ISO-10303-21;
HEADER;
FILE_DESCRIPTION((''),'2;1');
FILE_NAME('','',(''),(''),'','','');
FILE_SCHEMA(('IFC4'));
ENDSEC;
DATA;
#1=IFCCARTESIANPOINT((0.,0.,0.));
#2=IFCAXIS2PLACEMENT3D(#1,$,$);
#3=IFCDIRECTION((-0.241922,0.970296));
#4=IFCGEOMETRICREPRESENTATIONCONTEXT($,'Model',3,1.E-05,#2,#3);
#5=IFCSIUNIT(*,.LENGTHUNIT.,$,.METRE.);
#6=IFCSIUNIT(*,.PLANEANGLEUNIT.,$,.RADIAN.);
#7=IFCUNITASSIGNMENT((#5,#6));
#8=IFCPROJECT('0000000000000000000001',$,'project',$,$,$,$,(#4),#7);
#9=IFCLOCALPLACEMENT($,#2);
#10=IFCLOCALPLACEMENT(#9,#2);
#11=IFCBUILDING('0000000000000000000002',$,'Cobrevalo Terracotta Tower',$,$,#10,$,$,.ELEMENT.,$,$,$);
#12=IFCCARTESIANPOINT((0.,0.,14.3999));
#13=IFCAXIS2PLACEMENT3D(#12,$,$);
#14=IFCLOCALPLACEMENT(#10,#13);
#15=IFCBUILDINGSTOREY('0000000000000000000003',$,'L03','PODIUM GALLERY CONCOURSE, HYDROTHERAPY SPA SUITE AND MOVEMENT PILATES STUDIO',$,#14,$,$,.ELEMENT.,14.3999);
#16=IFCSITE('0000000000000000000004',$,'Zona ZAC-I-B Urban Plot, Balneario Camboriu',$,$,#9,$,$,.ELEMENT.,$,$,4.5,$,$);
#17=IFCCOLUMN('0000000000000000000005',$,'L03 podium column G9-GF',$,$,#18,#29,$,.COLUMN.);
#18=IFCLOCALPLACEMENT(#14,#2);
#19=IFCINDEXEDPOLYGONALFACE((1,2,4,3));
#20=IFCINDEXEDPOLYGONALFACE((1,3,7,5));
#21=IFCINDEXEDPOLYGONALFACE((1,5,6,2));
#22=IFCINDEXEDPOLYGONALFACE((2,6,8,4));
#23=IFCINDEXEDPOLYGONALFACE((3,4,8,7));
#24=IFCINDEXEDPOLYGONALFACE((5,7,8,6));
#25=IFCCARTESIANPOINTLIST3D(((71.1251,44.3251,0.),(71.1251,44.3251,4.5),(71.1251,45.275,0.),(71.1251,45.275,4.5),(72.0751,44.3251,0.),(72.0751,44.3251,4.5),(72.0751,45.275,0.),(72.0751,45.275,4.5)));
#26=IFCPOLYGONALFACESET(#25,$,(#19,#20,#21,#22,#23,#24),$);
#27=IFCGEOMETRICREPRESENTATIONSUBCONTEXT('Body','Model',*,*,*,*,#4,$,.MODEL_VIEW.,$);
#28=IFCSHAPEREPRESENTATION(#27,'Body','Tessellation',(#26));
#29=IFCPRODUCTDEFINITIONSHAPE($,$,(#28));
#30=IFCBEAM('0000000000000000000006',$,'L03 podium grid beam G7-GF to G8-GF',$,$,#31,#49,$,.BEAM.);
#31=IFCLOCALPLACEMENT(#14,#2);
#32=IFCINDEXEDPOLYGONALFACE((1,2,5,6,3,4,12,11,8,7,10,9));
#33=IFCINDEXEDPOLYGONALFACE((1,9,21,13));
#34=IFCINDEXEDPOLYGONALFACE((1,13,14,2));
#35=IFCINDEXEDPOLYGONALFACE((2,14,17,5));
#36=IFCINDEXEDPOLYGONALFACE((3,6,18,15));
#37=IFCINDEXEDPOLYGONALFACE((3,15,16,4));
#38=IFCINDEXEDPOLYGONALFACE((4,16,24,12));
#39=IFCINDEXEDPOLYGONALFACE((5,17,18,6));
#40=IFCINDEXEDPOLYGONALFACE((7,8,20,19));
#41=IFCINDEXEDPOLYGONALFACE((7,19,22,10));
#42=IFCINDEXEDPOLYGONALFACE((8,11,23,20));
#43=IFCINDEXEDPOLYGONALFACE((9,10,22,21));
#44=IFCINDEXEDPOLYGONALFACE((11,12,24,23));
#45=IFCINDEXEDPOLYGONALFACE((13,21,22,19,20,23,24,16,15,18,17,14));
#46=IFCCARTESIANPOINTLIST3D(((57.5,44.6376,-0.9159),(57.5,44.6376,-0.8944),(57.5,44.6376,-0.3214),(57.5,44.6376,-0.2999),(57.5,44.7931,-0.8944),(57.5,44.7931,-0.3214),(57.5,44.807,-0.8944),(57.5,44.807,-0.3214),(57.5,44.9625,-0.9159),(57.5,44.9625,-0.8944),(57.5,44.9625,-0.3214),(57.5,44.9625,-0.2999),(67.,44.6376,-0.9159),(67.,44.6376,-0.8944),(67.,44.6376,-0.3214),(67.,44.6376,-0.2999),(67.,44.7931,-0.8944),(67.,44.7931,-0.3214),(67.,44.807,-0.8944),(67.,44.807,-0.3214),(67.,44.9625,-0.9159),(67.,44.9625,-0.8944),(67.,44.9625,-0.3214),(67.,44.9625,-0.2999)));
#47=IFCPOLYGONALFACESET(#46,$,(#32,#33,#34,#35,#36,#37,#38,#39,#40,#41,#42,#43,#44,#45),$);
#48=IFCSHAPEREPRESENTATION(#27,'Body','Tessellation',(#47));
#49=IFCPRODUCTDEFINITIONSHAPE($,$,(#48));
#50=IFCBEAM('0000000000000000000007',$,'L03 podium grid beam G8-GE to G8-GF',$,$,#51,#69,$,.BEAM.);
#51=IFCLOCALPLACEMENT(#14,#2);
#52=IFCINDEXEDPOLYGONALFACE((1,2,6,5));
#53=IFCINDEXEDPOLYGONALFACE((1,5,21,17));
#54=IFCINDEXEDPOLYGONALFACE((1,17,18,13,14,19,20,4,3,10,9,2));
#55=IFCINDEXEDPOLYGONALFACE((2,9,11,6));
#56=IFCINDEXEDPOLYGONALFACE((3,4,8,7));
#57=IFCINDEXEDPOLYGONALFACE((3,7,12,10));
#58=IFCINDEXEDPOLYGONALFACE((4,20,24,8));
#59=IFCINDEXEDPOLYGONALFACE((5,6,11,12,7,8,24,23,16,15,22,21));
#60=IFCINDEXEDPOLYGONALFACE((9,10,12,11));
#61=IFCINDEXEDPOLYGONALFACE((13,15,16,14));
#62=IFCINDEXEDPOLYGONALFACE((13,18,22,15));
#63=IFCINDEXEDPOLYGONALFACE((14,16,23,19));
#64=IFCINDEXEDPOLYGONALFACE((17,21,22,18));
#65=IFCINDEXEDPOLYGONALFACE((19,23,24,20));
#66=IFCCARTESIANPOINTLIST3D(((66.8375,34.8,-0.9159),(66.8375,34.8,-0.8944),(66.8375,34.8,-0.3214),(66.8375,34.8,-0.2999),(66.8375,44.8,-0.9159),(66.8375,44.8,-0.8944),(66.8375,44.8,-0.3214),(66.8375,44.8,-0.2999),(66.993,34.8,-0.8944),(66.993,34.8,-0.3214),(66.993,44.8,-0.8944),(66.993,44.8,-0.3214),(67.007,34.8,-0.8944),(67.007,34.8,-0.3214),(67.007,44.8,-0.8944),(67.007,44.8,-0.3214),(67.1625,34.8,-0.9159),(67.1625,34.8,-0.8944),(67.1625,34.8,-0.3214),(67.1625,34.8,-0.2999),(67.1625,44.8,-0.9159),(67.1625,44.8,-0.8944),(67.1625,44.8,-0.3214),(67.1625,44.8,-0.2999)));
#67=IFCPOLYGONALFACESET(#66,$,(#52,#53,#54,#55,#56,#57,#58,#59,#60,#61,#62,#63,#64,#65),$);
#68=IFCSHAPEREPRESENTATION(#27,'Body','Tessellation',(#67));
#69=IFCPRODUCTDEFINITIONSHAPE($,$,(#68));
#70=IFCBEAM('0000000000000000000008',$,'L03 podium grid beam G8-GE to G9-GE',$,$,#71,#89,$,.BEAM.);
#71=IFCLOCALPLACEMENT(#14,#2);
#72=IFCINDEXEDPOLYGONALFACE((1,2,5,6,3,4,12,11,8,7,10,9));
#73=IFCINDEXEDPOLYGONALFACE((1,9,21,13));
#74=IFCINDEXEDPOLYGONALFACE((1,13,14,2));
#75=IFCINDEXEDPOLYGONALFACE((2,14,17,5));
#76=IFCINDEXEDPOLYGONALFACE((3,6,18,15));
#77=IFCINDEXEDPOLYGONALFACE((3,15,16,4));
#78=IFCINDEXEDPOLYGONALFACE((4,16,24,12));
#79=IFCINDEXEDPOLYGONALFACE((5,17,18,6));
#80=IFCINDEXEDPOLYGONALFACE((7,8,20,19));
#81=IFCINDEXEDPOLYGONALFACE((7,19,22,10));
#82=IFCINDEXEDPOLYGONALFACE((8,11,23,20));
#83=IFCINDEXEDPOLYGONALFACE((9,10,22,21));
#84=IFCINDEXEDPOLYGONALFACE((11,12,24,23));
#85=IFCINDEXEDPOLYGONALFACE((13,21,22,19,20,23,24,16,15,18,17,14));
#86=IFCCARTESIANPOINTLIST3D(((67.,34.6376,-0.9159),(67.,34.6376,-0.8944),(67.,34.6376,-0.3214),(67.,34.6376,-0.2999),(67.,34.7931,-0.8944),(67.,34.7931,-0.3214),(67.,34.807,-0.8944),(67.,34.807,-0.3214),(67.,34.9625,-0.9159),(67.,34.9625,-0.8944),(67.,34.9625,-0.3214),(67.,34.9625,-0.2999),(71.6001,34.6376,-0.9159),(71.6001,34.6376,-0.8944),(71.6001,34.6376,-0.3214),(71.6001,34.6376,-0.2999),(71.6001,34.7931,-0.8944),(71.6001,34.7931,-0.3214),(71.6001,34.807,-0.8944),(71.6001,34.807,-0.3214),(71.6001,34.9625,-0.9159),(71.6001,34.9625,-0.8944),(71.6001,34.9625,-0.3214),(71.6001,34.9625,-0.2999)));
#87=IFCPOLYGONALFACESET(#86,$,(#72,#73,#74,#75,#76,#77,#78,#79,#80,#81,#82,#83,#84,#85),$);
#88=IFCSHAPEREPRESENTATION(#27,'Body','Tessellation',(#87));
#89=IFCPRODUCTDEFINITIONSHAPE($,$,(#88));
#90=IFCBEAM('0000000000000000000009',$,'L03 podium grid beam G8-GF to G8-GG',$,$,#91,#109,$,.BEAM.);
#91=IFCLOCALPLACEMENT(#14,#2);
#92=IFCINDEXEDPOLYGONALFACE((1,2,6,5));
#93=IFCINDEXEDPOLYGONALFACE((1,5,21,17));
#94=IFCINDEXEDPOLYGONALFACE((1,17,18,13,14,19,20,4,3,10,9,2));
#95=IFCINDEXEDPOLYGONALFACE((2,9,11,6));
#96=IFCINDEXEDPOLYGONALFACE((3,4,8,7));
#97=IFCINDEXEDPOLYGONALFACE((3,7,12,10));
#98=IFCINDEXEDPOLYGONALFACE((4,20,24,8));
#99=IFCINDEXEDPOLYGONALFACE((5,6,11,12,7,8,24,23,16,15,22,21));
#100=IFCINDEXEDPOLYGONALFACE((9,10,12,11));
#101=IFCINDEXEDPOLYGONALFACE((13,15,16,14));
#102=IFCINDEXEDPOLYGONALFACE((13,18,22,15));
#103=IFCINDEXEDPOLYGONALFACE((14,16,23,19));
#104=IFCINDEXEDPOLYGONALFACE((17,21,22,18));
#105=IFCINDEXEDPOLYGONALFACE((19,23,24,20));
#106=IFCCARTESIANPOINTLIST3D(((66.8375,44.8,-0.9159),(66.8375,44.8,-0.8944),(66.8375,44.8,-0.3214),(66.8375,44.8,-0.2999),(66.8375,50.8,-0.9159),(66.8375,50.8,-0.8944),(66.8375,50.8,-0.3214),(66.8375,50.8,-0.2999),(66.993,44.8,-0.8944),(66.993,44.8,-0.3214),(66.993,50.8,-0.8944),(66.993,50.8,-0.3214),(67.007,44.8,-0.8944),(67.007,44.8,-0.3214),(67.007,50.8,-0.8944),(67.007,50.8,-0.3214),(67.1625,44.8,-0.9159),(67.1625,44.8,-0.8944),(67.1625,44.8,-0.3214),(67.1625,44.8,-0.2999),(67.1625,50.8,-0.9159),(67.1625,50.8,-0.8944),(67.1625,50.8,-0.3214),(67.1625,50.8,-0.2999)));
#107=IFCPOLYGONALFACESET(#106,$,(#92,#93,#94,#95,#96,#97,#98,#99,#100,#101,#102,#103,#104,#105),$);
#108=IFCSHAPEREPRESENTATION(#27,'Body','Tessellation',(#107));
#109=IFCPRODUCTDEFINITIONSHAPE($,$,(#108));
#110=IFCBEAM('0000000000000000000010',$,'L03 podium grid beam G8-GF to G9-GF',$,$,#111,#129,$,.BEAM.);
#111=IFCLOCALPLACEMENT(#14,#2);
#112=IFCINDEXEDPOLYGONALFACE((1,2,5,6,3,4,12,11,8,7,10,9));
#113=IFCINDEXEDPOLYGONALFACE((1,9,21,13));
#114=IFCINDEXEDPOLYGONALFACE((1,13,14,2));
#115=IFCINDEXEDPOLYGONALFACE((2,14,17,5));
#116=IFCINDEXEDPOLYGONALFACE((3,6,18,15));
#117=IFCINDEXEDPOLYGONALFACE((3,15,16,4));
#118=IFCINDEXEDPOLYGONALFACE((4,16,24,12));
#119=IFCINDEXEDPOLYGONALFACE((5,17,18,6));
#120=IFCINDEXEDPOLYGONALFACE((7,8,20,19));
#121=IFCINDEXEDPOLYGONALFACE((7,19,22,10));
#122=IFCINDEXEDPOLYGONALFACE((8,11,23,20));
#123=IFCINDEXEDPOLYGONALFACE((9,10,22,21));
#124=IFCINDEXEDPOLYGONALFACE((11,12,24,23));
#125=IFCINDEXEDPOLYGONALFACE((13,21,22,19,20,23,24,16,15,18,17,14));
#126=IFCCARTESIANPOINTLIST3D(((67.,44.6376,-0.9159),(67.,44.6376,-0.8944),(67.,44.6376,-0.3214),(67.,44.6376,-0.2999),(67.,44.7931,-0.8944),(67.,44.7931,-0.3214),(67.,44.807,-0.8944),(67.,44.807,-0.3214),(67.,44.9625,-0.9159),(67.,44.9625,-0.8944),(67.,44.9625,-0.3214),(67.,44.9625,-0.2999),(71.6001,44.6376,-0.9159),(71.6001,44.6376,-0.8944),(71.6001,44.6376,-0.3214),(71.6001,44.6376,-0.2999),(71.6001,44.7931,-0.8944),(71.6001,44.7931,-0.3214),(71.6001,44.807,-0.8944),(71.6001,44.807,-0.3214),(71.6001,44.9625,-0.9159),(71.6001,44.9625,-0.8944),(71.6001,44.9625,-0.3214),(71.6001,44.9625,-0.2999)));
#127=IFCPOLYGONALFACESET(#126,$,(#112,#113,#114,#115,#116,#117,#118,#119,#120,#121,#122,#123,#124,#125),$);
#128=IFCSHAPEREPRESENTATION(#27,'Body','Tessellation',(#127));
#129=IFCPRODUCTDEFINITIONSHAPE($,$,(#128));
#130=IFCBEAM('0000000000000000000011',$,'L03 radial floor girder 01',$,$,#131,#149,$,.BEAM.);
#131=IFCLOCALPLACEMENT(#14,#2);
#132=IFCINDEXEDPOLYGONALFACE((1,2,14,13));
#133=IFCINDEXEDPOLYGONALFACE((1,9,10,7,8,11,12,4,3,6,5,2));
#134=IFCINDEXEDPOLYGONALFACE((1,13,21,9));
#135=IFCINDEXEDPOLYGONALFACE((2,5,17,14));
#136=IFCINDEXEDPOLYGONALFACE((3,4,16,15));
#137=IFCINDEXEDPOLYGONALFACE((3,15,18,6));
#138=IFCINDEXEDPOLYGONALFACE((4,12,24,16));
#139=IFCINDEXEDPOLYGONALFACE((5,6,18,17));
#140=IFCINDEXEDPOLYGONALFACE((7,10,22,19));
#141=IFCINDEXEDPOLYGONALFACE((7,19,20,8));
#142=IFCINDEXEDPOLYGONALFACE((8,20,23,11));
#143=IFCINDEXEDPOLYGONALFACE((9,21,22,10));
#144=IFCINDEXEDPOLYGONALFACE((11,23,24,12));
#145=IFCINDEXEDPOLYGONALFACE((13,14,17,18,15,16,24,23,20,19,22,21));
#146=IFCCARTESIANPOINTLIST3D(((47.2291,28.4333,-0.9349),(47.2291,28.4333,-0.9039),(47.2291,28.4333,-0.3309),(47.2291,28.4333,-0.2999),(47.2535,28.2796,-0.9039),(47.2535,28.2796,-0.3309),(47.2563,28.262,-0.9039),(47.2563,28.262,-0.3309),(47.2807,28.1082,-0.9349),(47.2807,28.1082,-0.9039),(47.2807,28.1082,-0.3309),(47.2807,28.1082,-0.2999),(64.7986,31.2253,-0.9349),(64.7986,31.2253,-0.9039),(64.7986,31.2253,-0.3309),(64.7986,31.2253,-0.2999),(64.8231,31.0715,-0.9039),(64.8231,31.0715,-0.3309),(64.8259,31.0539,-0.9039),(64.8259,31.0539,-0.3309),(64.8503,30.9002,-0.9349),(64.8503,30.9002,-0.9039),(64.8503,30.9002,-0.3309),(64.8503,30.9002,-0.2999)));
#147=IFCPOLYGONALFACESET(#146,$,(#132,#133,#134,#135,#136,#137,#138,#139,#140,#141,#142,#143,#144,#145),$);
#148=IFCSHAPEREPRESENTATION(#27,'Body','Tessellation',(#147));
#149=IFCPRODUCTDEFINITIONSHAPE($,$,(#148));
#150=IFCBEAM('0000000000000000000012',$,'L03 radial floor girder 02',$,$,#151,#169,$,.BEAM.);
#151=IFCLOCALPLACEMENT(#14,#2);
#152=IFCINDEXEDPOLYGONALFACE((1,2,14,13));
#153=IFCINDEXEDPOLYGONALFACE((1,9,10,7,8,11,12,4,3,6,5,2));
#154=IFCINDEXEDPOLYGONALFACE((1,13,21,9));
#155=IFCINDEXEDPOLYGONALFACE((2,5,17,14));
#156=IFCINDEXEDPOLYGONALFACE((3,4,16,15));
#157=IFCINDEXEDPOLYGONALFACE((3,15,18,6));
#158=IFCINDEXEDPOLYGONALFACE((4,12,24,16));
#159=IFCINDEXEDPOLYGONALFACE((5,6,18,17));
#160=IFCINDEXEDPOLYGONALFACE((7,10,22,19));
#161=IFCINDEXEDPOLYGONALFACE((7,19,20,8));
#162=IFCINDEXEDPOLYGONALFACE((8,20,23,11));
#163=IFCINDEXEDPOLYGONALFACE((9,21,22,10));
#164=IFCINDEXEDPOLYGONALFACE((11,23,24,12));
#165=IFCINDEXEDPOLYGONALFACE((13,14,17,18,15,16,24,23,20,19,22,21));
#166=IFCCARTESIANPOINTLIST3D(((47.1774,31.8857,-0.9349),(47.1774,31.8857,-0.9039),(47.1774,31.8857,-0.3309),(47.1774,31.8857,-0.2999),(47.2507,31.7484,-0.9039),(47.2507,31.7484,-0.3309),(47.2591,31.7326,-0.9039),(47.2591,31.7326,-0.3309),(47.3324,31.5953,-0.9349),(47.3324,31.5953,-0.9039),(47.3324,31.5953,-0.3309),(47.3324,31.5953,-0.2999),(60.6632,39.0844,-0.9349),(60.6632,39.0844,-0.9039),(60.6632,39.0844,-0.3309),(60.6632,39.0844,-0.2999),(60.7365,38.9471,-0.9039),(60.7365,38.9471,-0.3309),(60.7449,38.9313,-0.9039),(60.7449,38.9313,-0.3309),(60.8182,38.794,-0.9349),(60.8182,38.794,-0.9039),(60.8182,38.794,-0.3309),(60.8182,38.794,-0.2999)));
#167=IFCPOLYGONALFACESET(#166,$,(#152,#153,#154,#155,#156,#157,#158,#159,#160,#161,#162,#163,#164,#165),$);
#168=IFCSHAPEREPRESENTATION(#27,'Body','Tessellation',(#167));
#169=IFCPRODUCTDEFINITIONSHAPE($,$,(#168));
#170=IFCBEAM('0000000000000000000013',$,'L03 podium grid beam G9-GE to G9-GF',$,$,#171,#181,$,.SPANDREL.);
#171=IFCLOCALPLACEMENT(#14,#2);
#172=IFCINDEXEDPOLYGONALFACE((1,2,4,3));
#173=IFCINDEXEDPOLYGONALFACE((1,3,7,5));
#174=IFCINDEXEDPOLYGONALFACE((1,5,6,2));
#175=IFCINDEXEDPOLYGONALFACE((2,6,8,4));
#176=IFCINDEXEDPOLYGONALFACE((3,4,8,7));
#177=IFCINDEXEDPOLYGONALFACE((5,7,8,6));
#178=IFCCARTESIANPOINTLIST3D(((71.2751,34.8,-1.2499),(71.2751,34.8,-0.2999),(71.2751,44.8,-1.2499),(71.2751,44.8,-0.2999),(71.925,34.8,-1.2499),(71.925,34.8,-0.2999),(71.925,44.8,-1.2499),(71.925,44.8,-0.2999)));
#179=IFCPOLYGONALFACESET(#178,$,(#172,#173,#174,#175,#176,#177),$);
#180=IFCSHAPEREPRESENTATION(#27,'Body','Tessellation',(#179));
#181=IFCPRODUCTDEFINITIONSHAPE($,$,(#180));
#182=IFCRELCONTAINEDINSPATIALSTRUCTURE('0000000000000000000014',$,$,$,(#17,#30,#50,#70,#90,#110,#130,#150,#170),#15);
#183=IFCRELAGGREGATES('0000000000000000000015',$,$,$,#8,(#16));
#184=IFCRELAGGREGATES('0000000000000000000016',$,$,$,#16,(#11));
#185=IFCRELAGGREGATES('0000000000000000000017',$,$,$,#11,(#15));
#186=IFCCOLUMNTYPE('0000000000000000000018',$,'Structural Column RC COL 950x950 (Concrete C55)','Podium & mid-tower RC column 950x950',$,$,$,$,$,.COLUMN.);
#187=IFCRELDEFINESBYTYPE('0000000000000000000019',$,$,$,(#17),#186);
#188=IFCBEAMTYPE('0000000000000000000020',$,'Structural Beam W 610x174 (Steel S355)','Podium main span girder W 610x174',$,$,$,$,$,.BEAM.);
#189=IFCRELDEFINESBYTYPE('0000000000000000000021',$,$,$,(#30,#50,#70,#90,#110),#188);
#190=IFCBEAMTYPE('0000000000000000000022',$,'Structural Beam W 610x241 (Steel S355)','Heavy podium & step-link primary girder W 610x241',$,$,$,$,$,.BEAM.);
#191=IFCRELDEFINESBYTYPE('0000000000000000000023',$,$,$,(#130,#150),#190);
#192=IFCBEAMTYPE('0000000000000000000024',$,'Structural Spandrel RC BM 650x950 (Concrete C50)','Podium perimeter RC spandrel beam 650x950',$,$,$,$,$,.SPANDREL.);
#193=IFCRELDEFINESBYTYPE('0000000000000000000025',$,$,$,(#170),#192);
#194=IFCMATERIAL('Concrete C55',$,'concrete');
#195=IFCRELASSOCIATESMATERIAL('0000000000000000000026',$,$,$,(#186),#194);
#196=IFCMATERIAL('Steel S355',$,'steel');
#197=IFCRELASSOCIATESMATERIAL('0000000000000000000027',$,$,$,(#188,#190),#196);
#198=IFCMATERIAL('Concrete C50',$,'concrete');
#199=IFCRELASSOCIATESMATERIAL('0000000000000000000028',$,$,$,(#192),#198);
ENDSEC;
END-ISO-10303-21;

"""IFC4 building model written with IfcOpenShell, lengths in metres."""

from ifc_helpers import new_model, si_unit, direction, frame, origin, origin_2d, place, context, subcontext, project, spatial, rectangle, i_section, extrude, material, material_profile, profile_set, type_object, element, save


model = new_model("IFC4")

# Units and contexts
model_context = context("Model", 3, precision=1e-05, world=origin(), true_north=direction((-0.241922, 0.970296)))
body_context = subcontext(model_context, "Body", "Model", "MODEL_VIEW")
ifc_project = project(units=[si_unit("LENGTHUNIT", "METRE"), si_unit("PLANEANGLEUNIT", "RADIAN")], contexts=[model_context])

# Site, building, storey
site_placement = place(None, origin())
site = spatial("IfcSite", under=ifc_project, at=site_placement, Name="Zona ZAC-I-B Urban Plot, Balneario Camboriu", CompositionType="ELEMENT", RefElevation=4.5)
building_placement = place(site_placement, origin())
building = spatial("IfcBuilding", under=site, at=building_placement, Name="Cobrevalo Terracotta Tower", CompositionType="ELEMENT")
storey_placement = place(building_placement, frame((0.0, 0.0, 14.3999)))
storey = spatial("IfcBuildingStorey", under=building, at=storey_placement, Name="L03", Description="PODIUM GALLERY CONCOURSE, HYDROTHERAPY SPA SUITE AND MOVEMENT PILATES STUDIO", CompositionType="ELEMENT", Elevation=14.3999)

# Column
ifc_material_1 = material(Name="Steel S355", Category="steel")
ifc_material_2 = material(Name="Concrete C50", Category="concrete")
ifc_material_3 = material(Name="Concrete C55", Category="concrete")
ifc_material_profile_1 = material_profile(ifc_material_3, rectangle(XDim=0.95, YDim=0.95, at=origin_2d()), Name="RC COL 950x950")
ifc_profile_set_1 = profile_set([ifc_material_profile_1], Name="Concrete C55")
column_type_1 = type_object("IfcColumnType", Name="Structural Column RC COL 950x950 (Concrete C55)", Description="Podium & mid-tower RC column 950x950", PredefinedType="COLUMN", material=ifc_profile_set_1)
for number, where, z_axis, x_axis, name in (
    (1, (71.6001, 44.8, 0.0), (0.0, 0.0, 1.0), (1.0, 0.0, 0.0), "L03 podium column G9-GF"),
):
    element("IfcColumn", number, at=place(storey_placement, frame(where, z_axis=z_axis, x_axis=x_axis)), inside=storey, type_object=column_type_1, Name=name, PredefinedType="COLUMN", context=body_context, shape_type="SweptSolid", body=[
        extrude(rectangle(XDim=0.95, YDim=0.95, at=origin_2d()), origin(), (0.0, 0.0, 1.0), 4.5),
    ])

# Beams
ifc_material_profile_2 = material_profile(ifc_material_1, i_section(OverallWidth=0.325, OverallDepth=0.616, WebThickness=0.0139, FlangeThickness=0.0215, at=origin_2d()), Name="W 610x174")
ifc_profile_set_2 = profile_set([ifc_material_profile_2], Name="Steel S355")
beam_type_1 = type_object("IfcBeamType", Name="Structural Beam W 610x174 (Steel S355)", Description="Podium main span girder W 610x174", PredefinedType="BEAM", material=ifc_profile_set_2)
beam_1_placement = place(storey_placement, frame((57.5, 44.8, -0.6079), z_axis=(1.0, 0.0, 0.0), x_axis=(0.0, 1.0, 0.0)))
element("IfcBeam", 2, at=beam_1_placement, inside=storey, type_object=beam_type_1, Name="L03 podium grid beam G7-GF to G8-GF", PredefinedType="BEAM", context=body_context, shape_type="SweptSolid", body=[
    extrude(i_section(OverallWidth=0.325, OverallDepth=0.616, WebThickness=0.0139, FlangeThickness=0.0215, at=origin_2d()), origin(), (0.0, 0.0, 1.0), 9.5),
])
beam_2_placement = place(storey_placement, frame((67.0, 34.8, -0.6079), z_axis=(0.0, 1.0, 0.0), x_axis=(-1.0, 0.0, 0.0)))
element("IfcBeam", 3, at=beam_2_placement, inside=storey, type_object=beam_type_1, Name="L03 podium grid beam G8-GE to G8-GF", PredefinedType="BEAM", context=body_context, shape_type="SweptSolid", body=[
    extrude(i_section(OverallWidth=0.325, OverallDepth=0.616, WebThickness=0.0139, FlangeThickness=0.0215, at=origin_2d()), origin(), (0.0, 0.0, 1.0), 10.0),
])
beam_3_placement = place(storey_placement, frame((67.0, 34.8, -0.6079), z_axis=(1.0, 0.0, 0.0), x_axis=(0.0, 1.0, 0.0)))
element("IfcBeam", 4, at=beam_3_placement, inside=storey, type_object=beam_type_1, Name="L03 podium grid beam G8-GE to G9-GE", PredefinedType="BEAM", context=body_context, shape_type="SweptSolid", body=[
    extrude(i_section(OverallWidth=0.325, OverallDepth=0.616, WebThickness=0.0139, FlangeThickness=0.0215, at=origin_2d()), origin(), (0.0, 0.0, 1.0), 4.6001),
])
beam_4_placement = place(storey_placement, frame((67.0, 44.8, -0.6079), z_axis=(0.0, 1.0, 0.0), x_axis=(-1.0, 0.0, 0.0)))
element("IfcBeam", 5, at=beam_4_placement, inside=storey, type_object=beam_type_1, Name="L03 podium grid beam G8-GF to G8-GG", PredefinedType="BEAM", context=body_context, shape_type="SweptSolid", body=[
    extrude(i_section(OverallWidth=0.325, OverallDepth=0.616, WebThickness=0.0139, FlangeThickness=0.0215, at=origin_2d()), origin(), (0.0, 0.0, 1.0), 6.0),
])
beam_5_placement = place(storey_placement, frame((67.0, 44.8, -0.6079), z_axis=(1.0, 0.0, 0.0), x_axis=(0.0, 1.0, 0.0)))
element("IfcBeam", 6, at=beam_5_placement, inside=storey, type_object=beam_type_1, Name="L03 podium grid beam G8-GF to G9-GF", PredefinedType="BEAM", context=body_context, shape_type="SweptSolid", body=[
    extrude(i_section(OverallWidth=0.325, OverallDepth=0.616, WebThickness=0.0139, FlangeThickness=0.0215, at=origin_2d()), origin(), (0.0, 0.0, 1.0), 4.6001),
])
ifc_material_profile_3 = material_profile(ifc_material_1, i_section(OverallWidth=0.3291, OverallDepth=0.635, WebThickness=0.0178, FlangeThickness=0.031, at=origin_2d()), Name="W 610x241")
ifc_profile_set_3 = profile_set([ifc_material_profile_3], Name="Steel S355")
beam_type_2 = type_object("IfcBeamType", Name="Structural Beam W 610x241 (Steel S355)", Description="Heavy podium & step-link primary girder W 610x241", PredefinedType="BEAM", material=ifc_profile_set_3)
beam_6_placement = place(storey_placement, frame((64.8245, 31.0627, -0.6174), z_axis=(-0.987608, -0.156941, 0.0), x_axis=(0.156941, -0.987608, 0.0)))
element("IfcBeam", 7, at=beam_6_placement, inside=storey, type_object=beam_type_2, Name="L03 radial floor girder 01", PredefinedType="BEAM", context=body_context, shape_type="SweptSolid", body=[
    extrude(i_section(OverallWidth=0.3291, OverallDepth=0.635, WebThickness=0.0178, FlangeThickness=0.031, at=origin_2d()), origin(), (0.0, 0.0, 1.0), 17.79),
])
beam_7_placement = place(storey_placement, frame((60.7407, 38.9392, -0.6174), z_axis=(-0.882182, -0.470908, 0.0), x_axis=(0.470908, -0.882182, 0.0)))
element("IfcBeam", 8, at=beam_7_placement, inside=storey, type_object=beam_type_2, Name="L03 radial floor girder 02", PredefinedType="BEAM", context=body_context, shape_type="SweptSolid", body=[
    extrude(i_section(OverallWidth=0.3291, OverallDepth=0.635, WebThickness=0.0178, FlangeThickness=0.031, at=origin_2d()), origin(), (0.0, 0.0, 1.0), 15.2869),
])
ifc_material_profile_4 = material_profile(ifc_material_2, rectangle(XDim=0.6499, YDim=0.95, at=origin_2d()), Name="RC BM 650x950")
ifc_profile_set_4 = profile_set([ifc_material_profile_4], Name="Concrete C50")
beam_type_3 = type_object("IfcBeamType", Name="Structural Spandrel RC BM 650x950 (Concrete C50)", Description="Podium perimeter RC spandrel beam 650x950", PredefinedType="SPANDREL", material=ifc_profile_set_4)
beam_8_placement = place(storey_placement, frame((71.6001, 34.8, -0.7749), z_axis=(0.0, 1.0, 0.0), x_axis=(-1.0, 0.0, 0.0)))
element("IfcBeam", 9, at=beam_8_placement, inside=storey, type_object=beam_type_3, Name="L03 podium grid beam G9-GE to G9-GF", PredefinedType="SPANDREL", context=body_context, shape_type="SweptSolid", body=[
    extrude(rectangle(XDim=0.6499, YDim=0.95, at=origin_2d()), origin(), (0.0, 0.0, 1.0), 10.0),
])

save(model, "model.ifc")
